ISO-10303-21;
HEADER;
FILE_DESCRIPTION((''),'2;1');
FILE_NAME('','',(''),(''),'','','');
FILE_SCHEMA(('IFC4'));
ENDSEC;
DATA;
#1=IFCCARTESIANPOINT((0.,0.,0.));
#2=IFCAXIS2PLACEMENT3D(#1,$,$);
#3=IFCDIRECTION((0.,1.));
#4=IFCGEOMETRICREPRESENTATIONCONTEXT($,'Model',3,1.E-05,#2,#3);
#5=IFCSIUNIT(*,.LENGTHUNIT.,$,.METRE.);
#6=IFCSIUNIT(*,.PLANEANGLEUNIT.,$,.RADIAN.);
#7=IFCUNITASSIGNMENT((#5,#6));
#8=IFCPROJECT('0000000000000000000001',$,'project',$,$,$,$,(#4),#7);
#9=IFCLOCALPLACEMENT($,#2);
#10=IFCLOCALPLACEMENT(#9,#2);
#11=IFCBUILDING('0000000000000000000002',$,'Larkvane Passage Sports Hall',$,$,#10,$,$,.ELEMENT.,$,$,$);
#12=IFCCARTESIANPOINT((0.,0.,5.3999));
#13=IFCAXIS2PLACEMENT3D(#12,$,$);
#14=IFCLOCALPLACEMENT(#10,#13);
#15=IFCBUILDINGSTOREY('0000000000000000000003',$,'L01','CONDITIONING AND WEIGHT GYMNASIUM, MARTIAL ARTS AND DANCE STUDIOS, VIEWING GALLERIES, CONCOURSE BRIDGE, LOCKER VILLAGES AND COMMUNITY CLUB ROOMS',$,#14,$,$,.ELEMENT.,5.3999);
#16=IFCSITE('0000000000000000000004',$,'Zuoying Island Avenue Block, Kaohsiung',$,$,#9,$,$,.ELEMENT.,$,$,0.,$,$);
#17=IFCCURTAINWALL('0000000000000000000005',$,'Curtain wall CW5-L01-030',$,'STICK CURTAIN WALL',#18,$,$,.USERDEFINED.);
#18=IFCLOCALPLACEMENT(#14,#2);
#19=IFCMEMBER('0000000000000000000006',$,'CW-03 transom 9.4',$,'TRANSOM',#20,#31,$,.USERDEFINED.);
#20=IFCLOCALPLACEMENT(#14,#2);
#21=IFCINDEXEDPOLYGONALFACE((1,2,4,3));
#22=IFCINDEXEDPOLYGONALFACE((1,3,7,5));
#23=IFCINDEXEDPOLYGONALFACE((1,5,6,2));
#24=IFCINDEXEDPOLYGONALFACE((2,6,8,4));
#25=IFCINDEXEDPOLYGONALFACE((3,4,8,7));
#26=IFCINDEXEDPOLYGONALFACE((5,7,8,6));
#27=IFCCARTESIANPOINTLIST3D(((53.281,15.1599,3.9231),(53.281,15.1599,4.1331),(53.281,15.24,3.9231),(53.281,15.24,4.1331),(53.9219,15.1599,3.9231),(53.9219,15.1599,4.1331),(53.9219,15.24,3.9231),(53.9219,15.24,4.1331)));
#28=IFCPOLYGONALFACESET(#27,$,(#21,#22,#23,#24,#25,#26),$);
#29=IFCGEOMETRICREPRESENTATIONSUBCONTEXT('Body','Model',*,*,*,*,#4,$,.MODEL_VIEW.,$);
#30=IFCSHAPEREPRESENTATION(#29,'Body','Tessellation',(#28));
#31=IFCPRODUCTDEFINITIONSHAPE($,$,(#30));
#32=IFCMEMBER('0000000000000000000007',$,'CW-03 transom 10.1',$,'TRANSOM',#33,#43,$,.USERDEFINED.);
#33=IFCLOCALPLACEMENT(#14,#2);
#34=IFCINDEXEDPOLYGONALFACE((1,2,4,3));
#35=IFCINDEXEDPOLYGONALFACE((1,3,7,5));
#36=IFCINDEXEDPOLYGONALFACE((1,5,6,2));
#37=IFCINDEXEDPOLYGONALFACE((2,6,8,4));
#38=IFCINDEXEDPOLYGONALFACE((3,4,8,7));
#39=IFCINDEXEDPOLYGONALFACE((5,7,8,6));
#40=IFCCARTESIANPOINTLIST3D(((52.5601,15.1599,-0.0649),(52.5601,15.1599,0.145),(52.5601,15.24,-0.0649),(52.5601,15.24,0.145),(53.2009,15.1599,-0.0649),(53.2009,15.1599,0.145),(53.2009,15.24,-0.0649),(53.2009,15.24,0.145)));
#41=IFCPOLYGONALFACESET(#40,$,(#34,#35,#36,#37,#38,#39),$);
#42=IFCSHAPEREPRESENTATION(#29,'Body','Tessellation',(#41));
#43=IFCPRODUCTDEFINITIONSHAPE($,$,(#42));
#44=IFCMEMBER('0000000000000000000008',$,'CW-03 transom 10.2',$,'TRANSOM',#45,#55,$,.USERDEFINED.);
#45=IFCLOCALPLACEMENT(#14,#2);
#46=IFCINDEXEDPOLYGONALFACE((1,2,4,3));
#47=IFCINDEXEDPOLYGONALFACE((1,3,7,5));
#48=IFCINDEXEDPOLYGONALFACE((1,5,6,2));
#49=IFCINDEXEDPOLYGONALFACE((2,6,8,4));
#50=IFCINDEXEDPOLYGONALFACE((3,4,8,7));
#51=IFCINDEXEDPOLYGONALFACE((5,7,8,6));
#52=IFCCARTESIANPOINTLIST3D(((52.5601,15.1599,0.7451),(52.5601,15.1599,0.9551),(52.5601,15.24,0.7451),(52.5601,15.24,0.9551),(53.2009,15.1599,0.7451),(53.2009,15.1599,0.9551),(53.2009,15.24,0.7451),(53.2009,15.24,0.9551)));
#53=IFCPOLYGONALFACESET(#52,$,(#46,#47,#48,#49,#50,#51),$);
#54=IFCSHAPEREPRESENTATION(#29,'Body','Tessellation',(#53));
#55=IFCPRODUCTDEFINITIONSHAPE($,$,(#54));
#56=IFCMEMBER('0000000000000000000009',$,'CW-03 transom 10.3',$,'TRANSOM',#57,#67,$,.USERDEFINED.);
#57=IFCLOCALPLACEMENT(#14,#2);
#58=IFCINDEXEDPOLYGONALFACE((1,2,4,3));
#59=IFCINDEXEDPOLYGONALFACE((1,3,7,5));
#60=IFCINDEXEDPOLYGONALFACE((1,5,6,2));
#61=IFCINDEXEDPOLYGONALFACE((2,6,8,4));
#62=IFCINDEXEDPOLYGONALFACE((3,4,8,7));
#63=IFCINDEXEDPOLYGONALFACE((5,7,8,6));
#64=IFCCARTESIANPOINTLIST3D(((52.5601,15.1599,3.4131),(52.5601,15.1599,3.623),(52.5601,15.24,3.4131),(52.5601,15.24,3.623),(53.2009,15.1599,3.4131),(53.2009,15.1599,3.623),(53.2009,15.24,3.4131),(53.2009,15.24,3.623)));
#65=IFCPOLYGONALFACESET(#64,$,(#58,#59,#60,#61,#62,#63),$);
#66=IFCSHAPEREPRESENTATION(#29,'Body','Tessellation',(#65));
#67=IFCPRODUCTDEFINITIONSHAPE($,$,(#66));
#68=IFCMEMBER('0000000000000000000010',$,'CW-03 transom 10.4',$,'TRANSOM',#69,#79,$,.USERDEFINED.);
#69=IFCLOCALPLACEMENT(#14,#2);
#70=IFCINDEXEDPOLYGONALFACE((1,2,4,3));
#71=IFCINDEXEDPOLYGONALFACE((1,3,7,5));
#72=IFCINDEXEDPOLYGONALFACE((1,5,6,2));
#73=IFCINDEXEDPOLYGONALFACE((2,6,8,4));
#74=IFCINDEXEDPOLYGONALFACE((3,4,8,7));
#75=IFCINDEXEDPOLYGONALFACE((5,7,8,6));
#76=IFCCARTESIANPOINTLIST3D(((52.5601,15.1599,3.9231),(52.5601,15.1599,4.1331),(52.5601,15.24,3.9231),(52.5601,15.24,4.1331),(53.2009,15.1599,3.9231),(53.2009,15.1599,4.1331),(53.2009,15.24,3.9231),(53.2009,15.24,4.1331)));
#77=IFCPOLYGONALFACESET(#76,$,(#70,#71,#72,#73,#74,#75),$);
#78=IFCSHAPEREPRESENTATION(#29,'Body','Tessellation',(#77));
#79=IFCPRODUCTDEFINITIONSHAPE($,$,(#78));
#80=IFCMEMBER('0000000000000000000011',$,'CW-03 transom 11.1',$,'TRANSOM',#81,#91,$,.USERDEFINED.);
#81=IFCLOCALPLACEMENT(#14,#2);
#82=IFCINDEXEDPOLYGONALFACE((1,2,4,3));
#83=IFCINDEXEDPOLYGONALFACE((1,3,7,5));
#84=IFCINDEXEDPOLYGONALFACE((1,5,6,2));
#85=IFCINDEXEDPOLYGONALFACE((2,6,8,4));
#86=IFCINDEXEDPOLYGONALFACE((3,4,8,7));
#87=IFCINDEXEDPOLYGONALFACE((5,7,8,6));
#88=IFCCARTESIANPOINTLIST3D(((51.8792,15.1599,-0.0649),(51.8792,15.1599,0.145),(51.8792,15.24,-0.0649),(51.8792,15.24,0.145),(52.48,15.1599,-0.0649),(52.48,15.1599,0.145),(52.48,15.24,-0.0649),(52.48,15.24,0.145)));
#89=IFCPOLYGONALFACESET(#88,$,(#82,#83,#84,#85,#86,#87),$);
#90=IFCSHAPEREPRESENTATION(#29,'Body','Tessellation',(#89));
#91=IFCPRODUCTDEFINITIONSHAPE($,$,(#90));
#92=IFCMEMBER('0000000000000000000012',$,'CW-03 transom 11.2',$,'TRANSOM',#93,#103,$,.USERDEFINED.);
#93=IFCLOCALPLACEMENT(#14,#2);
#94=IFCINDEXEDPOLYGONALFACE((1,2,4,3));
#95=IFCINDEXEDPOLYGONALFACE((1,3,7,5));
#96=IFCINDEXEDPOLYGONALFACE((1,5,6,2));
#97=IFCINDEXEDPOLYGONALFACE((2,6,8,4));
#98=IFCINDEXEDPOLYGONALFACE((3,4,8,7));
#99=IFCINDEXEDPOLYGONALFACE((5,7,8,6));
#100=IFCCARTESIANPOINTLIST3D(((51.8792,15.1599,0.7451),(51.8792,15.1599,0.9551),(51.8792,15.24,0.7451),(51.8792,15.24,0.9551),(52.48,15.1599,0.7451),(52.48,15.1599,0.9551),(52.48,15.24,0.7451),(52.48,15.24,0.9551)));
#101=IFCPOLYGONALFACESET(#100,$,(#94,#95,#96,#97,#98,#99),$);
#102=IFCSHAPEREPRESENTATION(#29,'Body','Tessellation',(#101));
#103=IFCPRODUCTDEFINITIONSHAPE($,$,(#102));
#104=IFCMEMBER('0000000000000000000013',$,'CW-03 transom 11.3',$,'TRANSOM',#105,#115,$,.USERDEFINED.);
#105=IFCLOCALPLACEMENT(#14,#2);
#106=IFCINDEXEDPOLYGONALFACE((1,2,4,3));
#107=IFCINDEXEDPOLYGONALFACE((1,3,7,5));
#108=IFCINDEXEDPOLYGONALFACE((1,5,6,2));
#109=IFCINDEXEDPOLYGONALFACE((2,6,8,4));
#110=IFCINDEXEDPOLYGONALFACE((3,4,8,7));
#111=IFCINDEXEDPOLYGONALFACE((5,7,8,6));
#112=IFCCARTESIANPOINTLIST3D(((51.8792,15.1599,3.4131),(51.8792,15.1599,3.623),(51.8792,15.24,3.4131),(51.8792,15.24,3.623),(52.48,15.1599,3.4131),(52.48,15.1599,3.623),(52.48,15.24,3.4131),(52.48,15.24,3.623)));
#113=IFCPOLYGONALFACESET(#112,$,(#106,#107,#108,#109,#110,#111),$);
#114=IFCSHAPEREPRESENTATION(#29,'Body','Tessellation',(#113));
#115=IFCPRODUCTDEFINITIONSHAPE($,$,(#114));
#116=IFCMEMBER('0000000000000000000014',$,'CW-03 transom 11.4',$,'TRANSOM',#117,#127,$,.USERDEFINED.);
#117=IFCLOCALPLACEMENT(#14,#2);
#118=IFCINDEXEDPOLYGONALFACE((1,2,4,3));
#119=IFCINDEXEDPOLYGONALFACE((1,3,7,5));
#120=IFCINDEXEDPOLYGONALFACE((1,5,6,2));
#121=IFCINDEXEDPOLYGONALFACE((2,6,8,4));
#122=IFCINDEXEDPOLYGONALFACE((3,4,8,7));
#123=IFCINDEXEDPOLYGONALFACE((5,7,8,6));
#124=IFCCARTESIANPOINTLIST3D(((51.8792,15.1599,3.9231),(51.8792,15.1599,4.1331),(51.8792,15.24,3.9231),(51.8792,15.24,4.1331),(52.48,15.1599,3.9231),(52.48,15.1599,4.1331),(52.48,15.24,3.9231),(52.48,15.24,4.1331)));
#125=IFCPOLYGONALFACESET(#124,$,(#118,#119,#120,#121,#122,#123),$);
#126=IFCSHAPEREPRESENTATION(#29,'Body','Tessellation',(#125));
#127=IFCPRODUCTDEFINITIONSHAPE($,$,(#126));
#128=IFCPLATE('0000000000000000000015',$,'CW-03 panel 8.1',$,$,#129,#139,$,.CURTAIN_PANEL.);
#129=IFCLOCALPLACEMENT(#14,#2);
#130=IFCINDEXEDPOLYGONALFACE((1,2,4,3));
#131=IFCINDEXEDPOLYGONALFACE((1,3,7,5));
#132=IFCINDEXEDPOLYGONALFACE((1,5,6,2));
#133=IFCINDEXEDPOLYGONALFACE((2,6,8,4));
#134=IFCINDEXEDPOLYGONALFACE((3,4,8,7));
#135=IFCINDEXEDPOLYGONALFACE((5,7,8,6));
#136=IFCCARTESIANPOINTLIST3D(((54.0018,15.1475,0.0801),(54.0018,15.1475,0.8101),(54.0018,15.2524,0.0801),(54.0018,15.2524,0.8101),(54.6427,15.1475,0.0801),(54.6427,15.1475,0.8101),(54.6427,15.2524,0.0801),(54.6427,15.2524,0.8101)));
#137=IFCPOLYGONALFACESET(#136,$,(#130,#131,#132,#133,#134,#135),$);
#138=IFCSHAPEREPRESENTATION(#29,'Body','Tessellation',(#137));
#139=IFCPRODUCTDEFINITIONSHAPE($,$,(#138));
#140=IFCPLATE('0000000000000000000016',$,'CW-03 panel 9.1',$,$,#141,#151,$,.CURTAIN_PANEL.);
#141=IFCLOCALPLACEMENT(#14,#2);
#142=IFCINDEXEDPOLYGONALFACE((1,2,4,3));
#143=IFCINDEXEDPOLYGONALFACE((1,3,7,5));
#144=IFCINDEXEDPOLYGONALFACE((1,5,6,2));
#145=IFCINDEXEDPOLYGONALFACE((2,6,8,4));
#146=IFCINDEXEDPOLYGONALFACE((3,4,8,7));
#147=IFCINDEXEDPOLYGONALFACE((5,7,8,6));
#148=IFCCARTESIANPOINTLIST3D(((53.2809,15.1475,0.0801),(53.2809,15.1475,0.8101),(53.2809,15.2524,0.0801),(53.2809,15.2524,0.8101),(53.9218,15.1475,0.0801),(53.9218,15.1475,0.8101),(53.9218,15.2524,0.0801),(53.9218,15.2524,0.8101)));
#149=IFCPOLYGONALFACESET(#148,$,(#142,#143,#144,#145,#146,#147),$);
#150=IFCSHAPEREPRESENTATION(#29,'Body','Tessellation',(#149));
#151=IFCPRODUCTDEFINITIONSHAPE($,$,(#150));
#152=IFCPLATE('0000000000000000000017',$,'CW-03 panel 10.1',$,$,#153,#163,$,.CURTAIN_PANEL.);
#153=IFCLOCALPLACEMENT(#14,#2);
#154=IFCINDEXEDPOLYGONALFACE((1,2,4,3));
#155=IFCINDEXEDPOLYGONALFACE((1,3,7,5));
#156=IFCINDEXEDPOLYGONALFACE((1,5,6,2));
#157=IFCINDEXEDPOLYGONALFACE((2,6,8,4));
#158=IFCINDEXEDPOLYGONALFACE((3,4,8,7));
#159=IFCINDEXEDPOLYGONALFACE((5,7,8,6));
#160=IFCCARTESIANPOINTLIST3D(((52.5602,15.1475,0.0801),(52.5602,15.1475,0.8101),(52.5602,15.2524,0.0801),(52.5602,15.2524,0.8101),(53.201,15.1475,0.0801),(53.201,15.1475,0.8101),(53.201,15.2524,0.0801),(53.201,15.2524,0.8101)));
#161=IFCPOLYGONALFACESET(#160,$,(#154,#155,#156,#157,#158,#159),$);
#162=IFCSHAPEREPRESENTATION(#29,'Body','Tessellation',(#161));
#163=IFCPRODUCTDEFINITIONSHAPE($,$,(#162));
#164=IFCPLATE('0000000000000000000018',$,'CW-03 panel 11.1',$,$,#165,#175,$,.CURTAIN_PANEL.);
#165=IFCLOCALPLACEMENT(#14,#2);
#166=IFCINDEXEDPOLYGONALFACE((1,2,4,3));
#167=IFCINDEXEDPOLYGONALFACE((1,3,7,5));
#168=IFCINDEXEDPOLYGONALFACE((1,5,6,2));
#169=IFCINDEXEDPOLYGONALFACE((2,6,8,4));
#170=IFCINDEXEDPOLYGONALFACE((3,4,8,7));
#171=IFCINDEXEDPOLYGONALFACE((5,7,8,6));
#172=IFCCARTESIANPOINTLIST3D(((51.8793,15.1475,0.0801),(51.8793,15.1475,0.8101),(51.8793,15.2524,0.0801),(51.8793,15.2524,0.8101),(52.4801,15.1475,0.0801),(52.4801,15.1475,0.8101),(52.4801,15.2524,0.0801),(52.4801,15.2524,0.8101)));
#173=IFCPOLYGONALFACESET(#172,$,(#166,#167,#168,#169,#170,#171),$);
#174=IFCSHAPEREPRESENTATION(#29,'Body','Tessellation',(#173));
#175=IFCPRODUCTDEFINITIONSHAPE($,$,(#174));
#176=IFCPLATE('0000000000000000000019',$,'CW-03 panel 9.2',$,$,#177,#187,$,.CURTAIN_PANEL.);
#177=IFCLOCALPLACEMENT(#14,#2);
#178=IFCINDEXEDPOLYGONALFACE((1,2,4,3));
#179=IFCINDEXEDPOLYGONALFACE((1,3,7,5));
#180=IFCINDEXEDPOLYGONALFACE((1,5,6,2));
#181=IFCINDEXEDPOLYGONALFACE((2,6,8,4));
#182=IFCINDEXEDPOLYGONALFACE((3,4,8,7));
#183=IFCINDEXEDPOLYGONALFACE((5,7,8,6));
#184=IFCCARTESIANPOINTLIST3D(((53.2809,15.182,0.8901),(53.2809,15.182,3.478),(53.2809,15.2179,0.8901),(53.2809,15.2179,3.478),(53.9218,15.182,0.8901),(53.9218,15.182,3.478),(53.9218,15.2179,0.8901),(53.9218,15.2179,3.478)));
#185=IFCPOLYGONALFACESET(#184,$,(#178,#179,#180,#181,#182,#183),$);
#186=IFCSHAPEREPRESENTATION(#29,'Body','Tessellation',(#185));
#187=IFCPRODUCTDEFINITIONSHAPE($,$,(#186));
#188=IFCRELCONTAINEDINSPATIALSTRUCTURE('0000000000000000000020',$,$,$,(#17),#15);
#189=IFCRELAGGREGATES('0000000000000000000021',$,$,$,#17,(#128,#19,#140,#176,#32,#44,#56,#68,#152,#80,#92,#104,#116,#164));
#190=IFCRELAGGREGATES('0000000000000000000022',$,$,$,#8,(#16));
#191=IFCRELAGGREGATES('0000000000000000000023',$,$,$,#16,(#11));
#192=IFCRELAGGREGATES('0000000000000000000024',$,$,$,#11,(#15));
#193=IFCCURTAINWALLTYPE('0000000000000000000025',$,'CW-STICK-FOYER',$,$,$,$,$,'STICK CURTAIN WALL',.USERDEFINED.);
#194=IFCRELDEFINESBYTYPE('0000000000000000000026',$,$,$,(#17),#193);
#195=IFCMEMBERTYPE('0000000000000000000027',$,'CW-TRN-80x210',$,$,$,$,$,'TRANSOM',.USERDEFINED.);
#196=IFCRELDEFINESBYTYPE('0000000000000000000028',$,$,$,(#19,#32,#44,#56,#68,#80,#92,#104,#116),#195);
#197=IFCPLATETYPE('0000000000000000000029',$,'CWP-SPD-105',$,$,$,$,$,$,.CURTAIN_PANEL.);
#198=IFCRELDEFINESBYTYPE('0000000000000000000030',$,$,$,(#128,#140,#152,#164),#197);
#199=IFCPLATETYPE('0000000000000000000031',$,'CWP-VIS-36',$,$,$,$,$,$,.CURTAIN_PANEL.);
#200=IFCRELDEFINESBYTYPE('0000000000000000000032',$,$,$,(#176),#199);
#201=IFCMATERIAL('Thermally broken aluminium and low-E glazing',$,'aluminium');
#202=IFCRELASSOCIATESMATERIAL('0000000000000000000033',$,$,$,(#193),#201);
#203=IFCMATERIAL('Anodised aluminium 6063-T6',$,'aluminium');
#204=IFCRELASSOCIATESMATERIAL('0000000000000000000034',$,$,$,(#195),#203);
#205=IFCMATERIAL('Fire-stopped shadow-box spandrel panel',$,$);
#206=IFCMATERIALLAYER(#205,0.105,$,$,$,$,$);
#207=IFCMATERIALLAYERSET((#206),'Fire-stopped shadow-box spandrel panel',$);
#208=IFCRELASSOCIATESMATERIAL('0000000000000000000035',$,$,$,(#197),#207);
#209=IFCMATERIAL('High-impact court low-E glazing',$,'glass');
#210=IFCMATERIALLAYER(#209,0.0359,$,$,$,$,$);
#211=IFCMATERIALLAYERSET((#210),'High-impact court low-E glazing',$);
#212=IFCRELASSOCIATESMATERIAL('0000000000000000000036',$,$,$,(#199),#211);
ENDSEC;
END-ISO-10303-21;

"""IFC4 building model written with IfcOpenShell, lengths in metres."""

from ifc_helpers import new_model, si_unit, direction, frame, origin, origin_2d, place, context, subcontext, project, spatial, rectangle, extrude, material, layer, layer_set, material_profile, profile_set, type_object, element, aggregate, save


model = new_model("IFC4")

# Units and contexts
model_context = context("Model", 3, precision=1e-05, world=origin(), true_north=direction((0.0, 1.0)))
body_context = subcontext(model_context, "Body", "Model", "MODEL_VIEW")
ifc_project = project(units=[si_unit("LENGTHUNIT", "METRE"), si_unit("PLANEANGLEUNIT", "RADIAN")], contexts=[model_context])

# Site, building, storey
site_placement = place(None, origin())
site = spatial("IfcSite", under=ifc_project, at=site_placement, Name="Zuoying Island Avenue Block, Kaohsiung", CompositionType="ELEMENT", RefElevation=0.0)
building_placement = place(site_placement, origin())
building = spatial("IfcBuilding", under=site, at=building_placement, Name="Larkvane Passage Sports Hall", CompositionType="ELEMENT")
storey_placement = place(building_placement, frame((0.0, 0.0, 5.3999)))
storey = spatial("IfcBuildingStorey", under=building, at=storey_placement, Name="L01", Description="CONDITIONING AND WEIGHT GYMNASIUM, MARTIAL ARTS AND DANCE STUDIOS, VIEWING GALLERIES, CONCOURSE BRIDGE, LOCKER VILLAGES AND COMMUNITY CLUB ROOMS", CompositionType="ELEMENT", Elevation=5.3999)

# Curtain wall, members, plates
ifc_material_1 = material(Name="Thermally broken aluminium and low-E glazing", Category="aluminium")
curtain_wall_type = type_object("IfcCurtainWallType", Name="CW-STICK-FOYER", ElementType="STICK CURTAIN WALL", PredefinedType="USERDEFINED", material=ifc_material_1)
curtain_wall_placement = place(storey_placement, origin())
curtain_wall = element("IfcCurtainWall", 1, at=curtain_wall_placement, inside=storey, type_object=curtain_wall_type, Name="Curtain wall CW5-L01-030", ObjectType="STICK CURTAIN WALL", PredefinedType="USERDEFINED")
ifc_material_2 = material(Name="Anodised aluminium 6063-T6", Category="aluminium")
ifc_material_profile_1 = material_profile(ifc_material_2, rectangle(XDim=0.0801, YDim=0.21, at=origin_2d()), Name="ALU-TRN-80x210")
ifc_profile_set_1 = profile_set([ifc_material_profile_1], Name="Anodised aluminium 6063-T6")
member_type_1 = type_object("IfcMemberType", Name="CW-TRN-80x210", ElementType="TRANSOM", PredefinedType="USERDEFINED", material=ifc_profile_set_1)
member_1_placement = place(storey_placement, frame((53.9219, 15.2, 4.0281), z_axis=(-1.0, 0.0, 0.0), x_axis=(0.0, -1.0, 0.0)))
member_1 = element("IfcMember", 2, at=member_1_placement, type_object=member_type_1, Name="CW-03 transom 9.4", ObjectType="TRANSOM", PredefinedType="USERDEFINED", context=body_context, shape_type="SweptSolid", body=[
    extrude(rectangle(XDim=0.0801, YDim=0.21, at=origin_2d()), origin(), (0.0, 0.0, 1.0), 0.6409),
])
member_2_placement = place(storey_placement, frame((53.2009, 15.2, 0.04), z_axis=(-1.0, 0.0, 0.0), x_axis=(0.0, -1.0, 0.0)))
member_2 = element("IfcMember", 3, at=member_2_placement, type_object=member_type_1, Name="CW-03 transom 10.1", ObjectType="TRANSOM", PredefinedType="USERDEFINED", context=body_context, shape_type="SweptSolid", body=[
    extrude(rectangle(XDim=0.0801, YDim=0.21, at=origin_2d()), origin(), (0.0, 0.0, 1.0), 0.6409),
])
member_3_placement = place(storey_placement, frame((53.2009, 15.2, 0.8501), z_axis=(-1.0, 0.0, 0.0), x_axis=(0.0, -1.0, 0.0)))
member_3 = element("IfcMember", 4, at=member_3_placement, type_object=member_type_1, Name="CW-03 transom 10.2", ObjectType="TRANSOM", PredefinedType="USERDEFINED", context=body_context, shape_type="SweptSolid", body=[
    extrude(rectangle(XDim=0.0801, YDim=0.21, at=origin_2d()), origin(), (0.0, 0.0, 1.0), 0.6409),
])
member_4_placement = place(storey_placement, frame((53.2009, 15.2, 3.5181), z_axis=(-1.0, 0.0, 0.0), x_axis=(0.0, -1.0, 0.0)))
member_4 = element("IfcMember", 5, at=member_4_placement, type_object=member_type_1, Name="CW-03 transom 10.3", ObjectType="TRANSOM", PredefinedType="USERDEFINED", context=body_context, shape_type="SweptSolid", body=[
    extrude(rectangle(XDim=0.0801, YDim=0.21, at=origin_2d()), origin(), (0.0, 0.0, 1.0), 0.6409),
])
member_5_placement = place(storey_placement, frame((53.2009, 15.2, 4.0281), z_axis=(-1.0, 0.0, 0.0), x_axis=(0.0, -1.0, 0.0)))
member_5 = element("IfcMember", 6, at=member_5_placement, type_object=member_type_1, Name="CW-03 transom 10.4", ObjectType="TRANSOM", PredefinedType="USERDEFINED", context=body_context, shape_type="SweptSolid", body=[
    extrude(rectangle(XDim=0.0801, YDim=0.21, at=origin_2d()), origin(), (0.0, 0.0, 1.0), 0.6409),
])
member_6_placement = place(storey_placement, frame((52.48, 15.2, 0.04), z_axis=(-1.0, 0.0, 0.0), x_axis=(0.0, -1.0, 0.0)))
member_6 = element("IfcMember", 7, at=member_6_placement, type_object=member_type_1, Name="CW-03 transom 11.1", ObjectType="TRANSOM", PredefinedType="USERDEFINED", context=body_context, shape_type="SweptSolid", body=[
    extrude(rectangle(XDim=0.0801, YDim=0.21, at=origin_2d()), origin(), (0.0, 0.0, 1.0), 0.6008),
])
member_7_placement = place(storey_placement, frame((52.48, 15.2, 0.8501), z_axis=(-1.0, 0.0, 0.0), x_axis=(0.0, -1.0, 0.0)))
member_7 = element("IfcMember", 8, at=member_7_placement, type_object=member_type_1, Name="CW-03 transom 11.2", ObjectType="TRANSOM", PredefinedType="USERDEFINED", context=body_context, shape_type="SweptSolid", body=[
    extrude(rectangle(XDim=0.0801, YDim=0.21, at=origin_2d()), origin(), (0.0, 0.0, 1.0), 0.6008),
])
member_8_placement = place(storey_placement, frame((52.48, 15.2, 3.5181), z_axis=(-1.0, 0.0, 0.0), x_axis=(0.0, -1.0, 0.0)))
member_8 = element("IfcMember", 9, at=member_8_placement, type_object=member_type_1, Name="CW-03 transom 11.3", ObjectType="TRANSOM", PredefinedType="USERDEFINED", context=body_context, shape_type="SweptSolid", body=[
    extrude(rectangle(XDim=0.0801, YDim=0.21, at=origin_2d()), origin(), (0.0, 0.0, 1.0), 0.6008),
])
member_9_placement = place(storey_placement, frame((52.48, 15.2, 4.0281), z_axis=(-1.0, 0.0, 0.0), x_axis=(0.0, -1.0, 0.0)))
member_9 = element("IfcMember", 10, at=member_9_placement, type_object=member_type_1, Name="CW-03 transom 11.4", ObjectType="TRANSOM", PredefinedType="USERDEFINED", context=body_context, shape_type="SweptSolid", body=[
    extrude(rectangle(XDim=0.0801, YDim=0.21, at=origin_2d()), origin(), (0.0, 0.0, 1.0), 0.6008),
])
ifc_material_3 = material(Name="Fire-stopped shadow-box spandrel panel")
ifc_layer_1 = layer(ifc_material_3, 0.105)
ifc_layer_set_1 = layer_set([ifc_layer_1], Name="Fire-stopped shadow-box spandrel panel")
plate_type_1 = type_object("IfcPlateType", Name="CWP-SPD-105", PredefinedType="CURTAIN_PANEL", material=ifc_layer_set_1)
plate_1_placement = place(storey_placement, frame((54.3223, 15.2, 0.0801), z_axis=(0.0, 0.0, 1.0), x_axis=(-1.0, 0.0, 0.0)))
plate_1 = element("IfcPlate", 11, at=plate_1_placement, type_object=plate_type_1, Name="CW-03 panel 8.1", PredefinedType="CURTAIN_PANEL", context=body_context, shape_type="SweptSolid", body=[
    extrude(rectangle(XDim=0.6409, YDim=0.105, at=origin_2d()), origin(), (0.0, 0.0, 1.0), 0.73),
])
plate_2_placement = place(storey_placement, frame((53.6013, 15.2, 0.0801), z_axis=(0.0, 0.0, 1.0), x_axis=(-1.0, 0.0, 0.0)))
plate_2 = element("IfcPlate", 12, at=plate_2_placement, type_object=plate_type_1, Name="CW-03 panel 9.1", PredefinedType="CURTAIN_PANEL", context=body_context, shape_type="SweptSolid", body=[
    extrude(rectangle(XDim=0.6409, YDim=0.105, at=origin_2d()), origin(), (0.0, 0.0, 1.0), 0.73),
])
plate_3_placement = place(storey_placement, frame((52.8806, 15.2, 0.0801), z_axis=(0.0, 0.0, 1.0), x_axis=(-1.0, 0.0, 0.0)))
plate_3 = element("IfcPlate", 13, at=plate_3_placement, type_object=plate_type_1, Name="CW-03 panel 10.1", PredefinedType="CURTAIN_PANEL", context=body_context, shape_type="SweptSolid", body=[
    extrude(rectangle(XDim=0.6409, YDim=0.105, at=origin_2d()), origin(), (0.0, 0.0, 1.0), 0.73),
])
plate_4_placement = place(storey_placement, frame((52.1797, 15.2, 0.0801), z_axis=(0.0, 0.0, 1.0), x_axis=(-1.0, 0.0, 0.0)))
plate_4 = element("IfcPlate", 14, at=plate_4_placement, type_object=plate_type_1, Name="CW-03 panel 11.1", PredefinedType="CURTAIN_PANEL", context=body_context, shape_type="SweptSolid", body=[
    extrude(rectangle(XDim=0.6008, YDim=0.105, at=origin_2d()), origin(), (0.0, 0.0, 1.0), 0.73),
])
ifc_material_4 = material(Name="High-impact court low-E glazing", Category="glass")
ifc_layer_2 = layer(ifc_material_4, 0.0359)
ifc_layer_set_2 = layer_set([ifc_layer_2], Name="High-impact court low-E glazing")
plate_type_2 = type_object("IfcPlateType", Name="CWP-VIS-36", PredefinedType="CURTAIN_PANEL", material=ifc_layer_set_2)
plate_5_placement = place(storey_placement, frame((53.6013, 15.2, 0.8901), z_axis=(0.0, 0.0, 1.0), x_axis=(-1.0, 0.0, 0.0)))
plate_5 = element("IfcPlate", 15, at=plate_5_placement, type_object=plate_type_2, Name="CW-03 panel 9.2", PredefinedType="CURTAIN_PANEL", context=body_context, shape_type="SweptSolid", body=[
    extrude(rectangle(XDim=0.6409, YDim=0.0359, at=origin_2d()), origin(), (0.0, 0.0, 1.0), 2.5879),
])
aggregate(curtain_wall, [plate_1, member_1, plate_2, plate_5, member_2, member_3, member_4, member_5, plate_3, member_6, member_7, member_8, member_9, plate_4])

save(model, "model.ifc")
